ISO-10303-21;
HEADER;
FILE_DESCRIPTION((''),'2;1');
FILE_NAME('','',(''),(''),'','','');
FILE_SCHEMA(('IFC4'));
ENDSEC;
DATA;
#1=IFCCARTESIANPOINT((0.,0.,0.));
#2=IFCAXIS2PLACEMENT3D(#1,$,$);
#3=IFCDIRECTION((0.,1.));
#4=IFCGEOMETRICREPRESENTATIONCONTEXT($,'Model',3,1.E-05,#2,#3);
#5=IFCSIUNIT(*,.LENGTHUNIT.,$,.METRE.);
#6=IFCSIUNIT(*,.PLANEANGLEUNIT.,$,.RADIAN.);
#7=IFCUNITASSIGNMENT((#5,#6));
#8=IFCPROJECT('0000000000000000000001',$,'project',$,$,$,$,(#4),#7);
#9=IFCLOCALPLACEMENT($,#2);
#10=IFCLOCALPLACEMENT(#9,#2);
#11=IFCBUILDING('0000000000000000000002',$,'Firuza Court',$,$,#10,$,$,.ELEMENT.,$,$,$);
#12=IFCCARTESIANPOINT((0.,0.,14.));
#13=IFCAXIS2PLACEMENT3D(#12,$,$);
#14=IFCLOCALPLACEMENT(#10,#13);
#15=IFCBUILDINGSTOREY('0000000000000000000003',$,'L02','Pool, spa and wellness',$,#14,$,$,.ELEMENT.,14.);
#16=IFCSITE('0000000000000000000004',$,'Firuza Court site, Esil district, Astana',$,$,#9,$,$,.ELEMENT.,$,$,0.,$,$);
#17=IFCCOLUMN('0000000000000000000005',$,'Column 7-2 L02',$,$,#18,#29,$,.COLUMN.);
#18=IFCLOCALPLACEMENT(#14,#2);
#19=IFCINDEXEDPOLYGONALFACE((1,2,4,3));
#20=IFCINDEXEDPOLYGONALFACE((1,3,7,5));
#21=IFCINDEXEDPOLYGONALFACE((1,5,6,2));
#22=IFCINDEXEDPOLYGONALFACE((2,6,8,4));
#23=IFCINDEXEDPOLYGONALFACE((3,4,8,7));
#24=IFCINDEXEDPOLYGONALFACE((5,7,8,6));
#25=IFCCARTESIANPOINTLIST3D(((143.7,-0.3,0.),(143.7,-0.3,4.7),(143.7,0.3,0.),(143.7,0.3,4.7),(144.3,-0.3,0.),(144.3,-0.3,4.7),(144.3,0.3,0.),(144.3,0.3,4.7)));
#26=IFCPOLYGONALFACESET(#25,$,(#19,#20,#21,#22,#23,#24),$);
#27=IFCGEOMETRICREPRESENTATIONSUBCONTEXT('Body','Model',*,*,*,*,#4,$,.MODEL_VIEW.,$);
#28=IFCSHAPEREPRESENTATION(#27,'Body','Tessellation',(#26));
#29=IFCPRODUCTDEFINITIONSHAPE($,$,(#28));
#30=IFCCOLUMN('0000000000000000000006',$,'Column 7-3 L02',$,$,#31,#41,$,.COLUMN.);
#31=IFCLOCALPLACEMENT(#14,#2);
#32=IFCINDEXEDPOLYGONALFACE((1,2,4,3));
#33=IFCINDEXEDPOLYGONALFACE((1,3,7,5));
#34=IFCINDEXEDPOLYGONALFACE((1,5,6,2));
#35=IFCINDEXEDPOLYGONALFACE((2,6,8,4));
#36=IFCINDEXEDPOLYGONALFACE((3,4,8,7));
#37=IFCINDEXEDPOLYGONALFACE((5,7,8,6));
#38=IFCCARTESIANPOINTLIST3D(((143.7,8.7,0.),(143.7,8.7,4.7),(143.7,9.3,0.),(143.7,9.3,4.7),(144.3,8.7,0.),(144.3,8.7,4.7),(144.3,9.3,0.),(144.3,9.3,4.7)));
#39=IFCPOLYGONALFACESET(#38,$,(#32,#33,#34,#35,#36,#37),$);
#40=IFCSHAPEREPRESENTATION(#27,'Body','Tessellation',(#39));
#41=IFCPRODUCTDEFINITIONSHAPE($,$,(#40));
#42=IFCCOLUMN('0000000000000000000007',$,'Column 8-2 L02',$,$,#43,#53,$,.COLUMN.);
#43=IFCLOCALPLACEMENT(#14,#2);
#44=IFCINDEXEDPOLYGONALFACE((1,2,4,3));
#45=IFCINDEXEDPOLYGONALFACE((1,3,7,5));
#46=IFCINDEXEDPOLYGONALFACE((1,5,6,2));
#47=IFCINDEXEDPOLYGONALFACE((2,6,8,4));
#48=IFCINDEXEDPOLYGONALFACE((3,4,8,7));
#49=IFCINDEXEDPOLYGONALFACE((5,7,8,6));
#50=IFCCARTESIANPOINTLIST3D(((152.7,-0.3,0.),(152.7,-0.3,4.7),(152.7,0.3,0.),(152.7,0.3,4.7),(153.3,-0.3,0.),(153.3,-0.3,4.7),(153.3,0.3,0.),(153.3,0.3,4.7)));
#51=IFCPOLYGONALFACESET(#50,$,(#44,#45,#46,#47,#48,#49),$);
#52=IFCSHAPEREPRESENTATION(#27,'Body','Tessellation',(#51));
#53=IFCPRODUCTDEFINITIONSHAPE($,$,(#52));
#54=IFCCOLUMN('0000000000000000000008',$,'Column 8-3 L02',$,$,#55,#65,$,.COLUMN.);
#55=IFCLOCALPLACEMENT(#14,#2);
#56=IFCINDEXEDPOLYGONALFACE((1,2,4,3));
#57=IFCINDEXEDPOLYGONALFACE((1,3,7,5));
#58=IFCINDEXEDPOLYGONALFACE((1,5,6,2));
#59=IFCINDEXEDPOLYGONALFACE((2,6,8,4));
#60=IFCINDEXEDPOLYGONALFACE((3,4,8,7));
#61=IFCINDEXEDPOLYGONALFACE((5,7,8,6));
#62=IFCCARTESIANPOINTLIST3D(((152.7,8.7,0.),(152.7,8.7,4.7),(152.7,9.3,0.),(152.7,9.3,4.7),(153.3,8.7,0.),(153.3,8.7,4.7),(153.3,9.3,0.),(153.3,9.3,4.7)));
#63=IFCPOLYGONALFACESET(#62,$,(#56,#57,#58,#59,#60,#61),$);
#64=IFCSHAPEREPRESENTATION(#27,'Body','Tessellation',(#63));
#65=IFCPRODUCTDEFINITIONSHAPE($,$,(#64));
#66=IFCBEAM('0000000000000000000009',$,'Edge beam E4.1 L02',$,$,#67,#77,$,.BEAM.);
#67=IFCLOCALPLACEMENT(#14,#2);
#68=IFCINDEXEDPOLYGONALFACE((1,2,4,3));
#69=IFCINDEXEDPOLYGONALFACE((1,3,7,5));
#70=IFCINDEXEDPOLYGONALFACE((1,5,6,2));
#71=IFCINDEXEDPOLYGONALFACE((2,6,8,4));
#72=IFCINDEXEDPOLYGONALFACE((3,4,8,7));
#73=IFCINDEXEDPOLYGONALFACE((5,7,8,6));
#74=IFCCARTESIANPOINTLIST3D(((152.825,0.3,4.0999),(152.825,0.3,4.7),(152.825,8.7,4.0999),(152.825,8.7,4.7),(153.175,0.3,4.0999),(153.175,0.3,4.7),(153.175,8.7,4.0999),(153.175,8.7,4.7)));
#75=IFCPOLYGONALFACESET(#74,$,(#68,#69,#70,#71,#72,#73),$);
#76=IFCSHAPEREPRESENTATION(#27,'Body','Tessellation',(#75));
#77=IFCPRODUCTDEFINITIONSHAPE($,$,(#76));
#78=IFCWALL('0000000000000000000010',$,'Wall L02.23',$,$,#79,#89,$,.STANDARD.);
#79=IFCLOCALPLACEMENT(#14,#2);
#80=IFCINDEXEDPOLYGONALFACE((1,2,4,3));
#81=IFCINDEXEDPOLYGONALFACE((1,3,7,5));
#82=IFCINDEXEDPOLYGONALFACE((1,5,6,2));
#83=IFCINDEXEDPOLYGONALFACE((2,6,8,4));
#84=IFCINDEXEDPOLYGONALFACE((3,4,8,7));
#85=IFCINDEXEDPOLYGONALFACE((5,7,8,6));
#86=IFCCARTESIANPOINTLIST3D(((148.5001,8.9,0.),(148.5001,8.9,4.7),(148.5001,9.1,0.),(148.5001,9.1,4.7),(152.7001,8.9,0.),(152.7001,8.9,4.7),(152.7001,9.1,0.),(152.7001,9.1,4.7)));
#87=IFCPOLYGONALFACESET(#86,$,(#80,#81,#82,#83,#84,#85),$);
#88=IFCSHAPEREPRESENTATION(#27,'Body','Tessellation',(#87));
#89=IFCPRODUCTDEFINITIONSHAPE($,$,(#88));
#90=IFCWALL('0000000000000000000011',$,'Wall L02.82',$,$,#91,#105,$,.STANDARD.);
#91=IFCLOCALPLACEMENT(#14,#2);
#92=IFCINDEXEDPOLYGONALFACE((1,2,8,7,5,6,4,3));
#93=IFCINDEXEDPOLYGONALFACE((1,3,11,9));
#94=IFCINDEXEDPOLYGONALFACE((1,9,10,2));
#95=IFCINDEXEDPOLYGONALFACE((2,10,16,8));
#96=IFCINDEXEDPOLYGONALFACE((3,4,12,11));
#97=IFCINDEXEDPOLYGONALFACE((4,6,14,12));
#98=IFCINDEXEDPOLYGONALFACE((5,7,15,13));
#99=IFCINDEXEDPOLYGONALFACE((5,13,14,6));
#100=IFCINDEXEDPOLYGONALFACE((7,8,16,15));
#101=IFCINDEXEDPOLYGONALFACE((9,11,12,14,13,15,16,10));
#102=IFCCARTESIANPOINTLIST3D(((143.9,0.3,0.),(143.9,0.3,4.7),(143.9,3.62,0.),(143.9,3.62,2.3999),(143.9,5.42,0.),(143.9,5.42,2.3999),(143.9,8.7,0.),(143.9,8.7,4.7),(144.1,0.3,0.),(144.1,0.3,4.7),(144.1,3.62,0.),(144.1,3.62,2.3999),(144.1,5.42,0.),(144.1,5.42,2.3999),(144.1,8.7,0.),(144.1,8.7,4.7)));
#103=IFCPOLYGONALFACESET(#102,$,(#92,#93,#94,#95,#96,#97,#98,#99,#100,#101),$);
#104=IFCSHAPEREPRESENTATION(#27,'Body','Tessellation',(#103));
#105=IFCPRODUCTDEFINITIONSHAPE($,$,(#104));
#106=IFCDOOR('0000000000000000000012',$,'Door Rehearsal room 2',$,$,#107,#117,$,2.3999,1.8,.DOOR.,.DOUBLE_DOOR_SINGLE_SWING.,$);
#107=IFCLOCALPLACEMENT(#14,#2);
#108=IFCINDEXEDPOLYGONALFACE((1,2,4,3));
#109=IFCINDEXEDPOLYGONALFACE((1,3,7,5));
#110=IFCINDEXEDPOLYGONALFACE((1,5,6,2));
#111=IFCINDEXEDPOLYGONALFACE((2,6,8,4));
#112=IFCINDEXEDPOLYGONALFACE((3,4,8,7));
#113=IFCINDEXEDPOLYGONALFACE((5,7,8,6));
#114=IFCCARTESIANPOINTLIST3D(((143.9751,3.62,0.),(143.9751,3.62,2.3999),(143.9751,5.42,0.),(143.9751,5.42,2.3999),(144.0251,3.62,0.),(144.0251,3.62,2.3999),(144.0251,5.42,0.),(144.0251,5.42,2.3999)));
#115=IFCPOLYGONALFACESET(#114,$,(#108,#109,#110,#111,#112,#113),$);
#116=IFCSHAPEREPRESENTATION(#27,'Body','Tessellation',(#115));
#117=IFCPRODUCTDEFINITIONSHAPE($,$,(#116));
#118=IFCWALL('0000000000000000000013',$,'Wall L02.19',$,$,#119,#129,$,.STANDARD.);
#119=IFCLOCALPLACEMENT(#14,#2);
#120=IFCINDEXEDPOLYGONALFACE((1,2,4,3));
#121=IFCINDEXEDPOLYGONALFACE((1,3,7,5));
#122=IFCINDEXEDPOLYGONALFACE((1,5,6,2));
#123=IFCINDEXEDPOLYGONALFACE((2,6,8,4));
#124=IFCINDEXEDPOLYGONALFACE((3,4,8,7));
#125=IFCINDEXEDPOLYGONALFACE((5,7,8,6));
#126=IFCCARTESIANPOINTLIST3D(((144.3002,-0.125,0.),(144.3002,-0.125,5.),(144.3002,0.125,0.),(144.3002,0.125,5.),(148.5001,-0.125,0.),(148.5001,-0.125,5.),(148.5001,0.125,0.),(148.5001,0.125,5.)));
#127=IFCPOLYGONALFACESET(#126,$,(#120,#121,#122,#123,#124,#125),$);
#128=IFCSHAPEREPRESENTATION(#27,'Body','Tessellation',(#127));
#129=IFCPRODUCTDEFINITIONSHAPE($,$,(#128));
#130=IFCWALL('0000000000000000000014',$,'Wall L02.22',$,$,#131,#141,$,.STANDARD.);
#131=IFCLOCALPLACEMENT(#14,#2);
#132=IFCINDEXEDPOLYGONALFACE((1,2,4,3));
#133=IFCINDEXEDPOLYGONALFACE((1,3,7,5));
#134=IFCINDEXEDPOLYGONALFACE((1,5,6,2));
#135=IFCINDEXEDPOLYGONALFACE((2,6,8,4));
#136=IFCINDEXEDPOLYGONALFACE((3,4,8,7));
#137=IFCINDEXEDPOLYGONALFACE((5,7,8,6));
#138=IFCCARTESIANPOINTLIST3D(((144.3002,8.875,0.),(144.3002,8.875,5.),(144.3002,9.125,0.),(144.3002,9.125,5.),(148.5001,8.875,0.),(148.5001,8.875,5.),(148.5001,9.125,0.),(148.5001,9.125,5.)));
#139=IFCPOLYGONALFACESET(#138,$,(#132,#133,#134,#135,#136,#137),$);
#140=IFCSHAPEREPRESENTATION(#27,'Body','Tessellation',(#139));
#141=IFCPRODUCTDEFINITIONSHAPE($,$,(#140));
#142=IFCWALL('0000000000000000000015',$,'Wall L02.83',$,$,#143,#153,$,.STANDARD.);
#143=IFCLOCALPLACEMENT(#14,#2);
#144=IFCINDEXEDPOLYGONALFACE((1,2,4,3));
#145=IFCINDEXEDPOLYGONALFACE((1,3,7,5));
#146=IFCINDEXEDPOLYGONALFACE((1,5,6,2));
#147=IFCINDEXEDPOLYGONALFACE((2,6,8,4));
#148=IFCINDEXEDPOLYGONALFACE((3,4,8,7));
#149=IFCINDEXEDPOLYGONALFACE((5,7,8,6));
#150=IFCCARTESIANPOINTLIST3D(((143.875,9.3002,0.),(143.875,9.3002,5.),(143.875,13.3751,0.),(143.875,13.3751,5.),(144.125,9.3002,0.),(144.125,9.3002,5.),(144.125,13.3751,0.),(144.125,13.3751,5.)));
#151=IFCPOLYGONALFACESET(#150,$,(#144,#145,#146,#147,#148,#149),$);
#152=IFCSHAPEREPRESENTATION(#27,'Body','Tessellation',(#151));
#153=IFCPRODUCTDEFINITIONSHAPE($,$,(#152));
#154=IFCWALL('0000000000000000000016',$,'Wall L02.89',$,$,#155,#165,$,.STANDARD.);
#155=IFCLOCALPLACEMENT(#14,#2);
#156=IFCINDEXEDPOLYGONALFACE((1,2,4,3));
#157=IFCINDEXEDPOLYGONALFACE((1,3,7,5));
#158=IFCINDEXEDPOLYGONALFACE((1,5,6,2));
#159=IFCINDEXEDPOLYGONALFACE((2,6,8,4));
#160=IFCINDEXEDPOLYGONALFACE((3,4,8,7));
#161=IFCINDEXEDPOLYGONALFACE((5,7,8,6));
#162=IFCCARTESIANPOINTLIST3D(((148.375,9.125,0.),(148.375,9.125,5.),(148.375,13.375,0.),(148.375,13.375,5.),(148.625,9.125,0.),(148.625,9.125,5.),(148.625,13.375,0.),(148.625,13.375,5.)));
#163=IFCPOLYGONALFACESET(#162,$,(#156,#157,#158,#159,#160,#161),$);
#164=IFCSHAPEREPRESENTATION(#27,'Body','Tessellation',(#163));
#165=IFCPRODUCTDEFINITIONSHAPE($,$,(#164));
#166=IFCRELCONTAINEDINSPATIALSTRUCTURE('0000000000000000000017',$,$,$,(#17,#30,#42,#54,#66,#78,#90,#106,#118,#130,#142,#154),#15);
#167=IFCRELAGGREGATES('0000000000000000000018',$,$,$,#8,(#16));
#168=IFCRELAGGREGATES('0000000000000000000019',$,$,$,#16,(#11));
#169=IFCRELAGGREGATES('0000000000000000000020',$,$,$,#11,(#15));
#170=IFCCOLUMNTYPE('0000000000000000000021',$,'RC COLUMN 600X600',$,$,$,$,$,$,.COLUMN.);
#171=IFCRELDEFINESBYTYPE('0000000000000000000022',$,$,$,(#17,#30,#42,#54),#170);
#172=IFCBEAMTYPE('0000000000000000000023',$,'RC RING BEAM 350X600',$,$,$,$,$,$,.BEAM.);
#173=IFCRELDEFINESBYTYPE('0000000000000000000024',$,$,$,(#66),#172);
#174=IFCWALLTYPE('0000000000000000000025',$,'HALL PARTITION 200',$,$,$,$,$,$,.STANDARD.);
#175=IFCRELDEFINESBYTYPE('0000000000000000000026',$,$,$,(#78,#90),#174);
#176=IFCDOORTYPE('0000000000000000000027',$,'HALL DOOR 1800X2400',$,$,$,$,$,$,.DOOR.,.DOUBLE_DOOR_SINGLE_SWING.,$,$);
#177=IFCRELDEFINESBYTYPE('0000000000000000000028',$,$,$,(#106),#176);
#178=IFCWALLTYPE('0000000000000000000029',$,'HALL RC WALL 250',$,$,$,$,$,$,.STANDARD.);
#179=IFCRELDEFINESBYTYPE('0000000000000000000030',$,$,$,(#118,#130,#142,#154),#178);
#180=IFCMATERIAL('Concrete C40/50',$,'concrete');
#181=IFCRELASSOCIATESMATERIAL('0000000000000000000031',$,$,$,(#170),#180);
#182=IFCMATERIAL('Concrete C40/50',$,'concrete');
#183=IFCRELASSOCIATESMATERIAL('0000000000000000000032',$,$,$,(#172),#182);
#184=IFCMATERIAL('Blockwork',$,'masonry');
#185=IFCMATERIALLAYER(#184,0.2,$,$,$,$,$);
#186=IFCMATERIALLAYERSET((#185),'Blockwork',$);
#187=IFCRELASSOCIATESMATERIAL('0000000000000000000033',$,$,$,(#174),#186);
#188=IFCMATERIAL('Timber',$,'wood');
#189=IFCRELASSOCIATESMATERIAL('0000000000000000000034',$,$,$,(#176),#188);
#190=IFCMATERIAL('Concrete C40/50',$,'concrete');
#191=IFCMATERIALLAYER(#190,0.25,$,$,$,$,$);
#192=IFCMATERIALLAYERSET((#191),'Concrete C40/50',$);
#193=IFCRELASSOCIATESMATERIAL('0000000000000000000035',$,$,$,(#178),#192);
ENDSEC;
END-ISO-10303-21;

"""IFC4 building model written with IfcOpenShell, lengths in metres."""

from ifc_helpers import new_model, si_unit, direction, frame, frame_2d, origin, origin_2d, place, context, subcontext, project, spatial, rectangle, extrude, material, layer, layer_set, material_profile, profile_set, type_object, element, fill, save


model = new_model("IFC4")

# Units and contexts
model_context = context("Model", 3, precision=1e-05, world=origin(), true_north=direction((0.0, 1.0)))
body_context = subcontext(model_context, "Body", "Model", "MODEL_VIEW")
ifc_project = project(units=[si_unit("LENGTHUNIT", "METRE"), si_unit("PLANEANGLEUNIT", "RADIAN")], contexts=[model_context])

# Site, building, storey
site_placement = place(None, origin())
site = spatial("IfcSite", under=ifc_project, at=site_placement, Name="Firuza Court site, Esil district, Astana", CompositionType="ELEMENT", RefElevation=0.0)
building_placement = place(site_placement, origin())
building = spatial("IfcBuilding", under=site, at=building_placement, Name="Firuza Court", CompositionType="ELEMENT")
storey_placement = place(building_placement, frame((0.0, 0.0, 14.0)))
storey = spatial("IfcBuildingStorey", under=building, at=storey_placement, Name="L02", Description="Pool, spa and wellness", CompositionType="ELEMENT", Elevation=14.0)

# Columns
ifc_material_1 = material(Name="Concrete C40/50", Category="concrete")
ifc_material_profile_1 = material_profile(ifc_material_1, rectangle(XDim=0.6001, YDim=0.6001, at=origin_2d()), Name="RC 600X600")
ifc_profile_set_1 = profile_set([ifc_material_profile_1], Name="Concrete C40/50")
column_type = type_object("IfcColumnType", Name="RC COLUMN 600X600", PredefinedType="COLUMN", material=ifc_profile_set_1)
for number, where, z_axis, x_axis, name in (
    (1, (144.0, 0.0, 0.0), (0.0, 0.0, 1.0), (1.0, 0.0, 0.0), "Column 7-2 L02"),
    (2, (144.0, 9.0, 0.0), (0.0, 0.0, 1.0), (1.0, 0.0, 0.0), "Column 7-3 L02"),
    (3, (153.0, 0.0, 0.0), (0.0, 0.0, 1.0), (1.0, 0.0, 0.0), "Column 8-2 L02"),
    (4, (153.0, 9.0, 0.0), (0.0, 0.0, 1.0), (1.0, 0.0, 0.0), "Column 8-3 L02"),
):
    element("IfcColumn", number, at=place(storey_placement, frame(where, z_axis=z_axis, x_axis=x_axis)), inside=storey, type_object=column_type, Name=name, PredefinedType="COLUMN", context=body_context, shape_type="SweptSolid", body=[
        extrude(rectangle(XDim=0.6001, YDim=0.6001, at=origin_2d()), origin(), (0.0, 0.0, 1.0), 4.7),
    ])

# Beam
ifc_material_2 = material(Name="Concrete C40/50", Category="concrete")
ifc_material_profile_2 = material_profile(ifc_material_2, rectangle(XDim=0.3501, YDim=0.6001, at=origin_2d()), Name="RC 350X600")
ifc_profile_set_2 = profile_set([ifc_material_profile_2], Name="Concrete C40/50")
beam_type = type_object("IfcBeamType", Name="RC RING BEAM 350X600", PredefinedType="BEAM", material=ifc_profile_set_2)
beam_placement = place(storey_placement, frame((153.0, 0.3, 4.3999), z_axis=(0.0, 1.0, 0.0), x_axis=(-1.0, 0.0, 0.0)))
element("IfcBeam", 5, at=beam_placement, inside=storey, type_object=beam_type, Name="Edge beam E4.1 L02", PredefinedType="BEAM", context=body_context, shape_type="SweptSolid", body=[
    extrude(rectangle(XDim=0.3501, YDim=0.6001, at=origin_2d()), origin(), (0.0, 0.0, 1.0), 8.3999),
])

# Wall
ifc_material_3 = material(Name="Blockwork", Category="masonry")
ifc_layer_1 = layer(ifc_material_3, 0.2)
ifc_layer_set_1 = layer_set([ifc_layer_1], Name="Blockwork")
wall_type_1 = type_object("IfcWallType", Name="HALL PARTITION 200", PredefinedType="STANDARD", material=ifc_layer_set_1)
wall_1_placement = place(storey_placement, frame((148.5, 9.0, 0.0), z_axis=(0.0, 0.0, 1.0), x_axis=(1.0, 0.0, 0.0)))
element("IfcWall", 6, at=wall_1_placement, inside=storey, type_object=wall_type_1, Name="Wall L02.23", PredefinedType="STANDARD", context=body_context, shape_type="SweptSolid", body=[
    extrude(rectangle(XDim=4.2, YDim=0.2, at=frame_2d((2.1001, 0.0))), origin(), (0.0, 0.0, 1.0), 4.7),
])

# Wall, opening, door
wall_2_placement = place(storey_placement, frame((144.0, 0.3, 0.0), z_axis=(0.0, 0.0, 1.0), x_axis=(0.0, 1.0, 0.0)))
wall_2 = element("IfcWall", 7, at=wall_2_placement, inside=storey, type_object=wall_type_1, Name="Wall L02.82", PredefinedType="STANDARD", context=body_context, shape_type="SweptSolid", body=[
    extrude(rectangle(XDim=8.3999, YDim=0.2, at=frame_2d((4.2, 0.0))), origin(), (0.0, 0.0, 1.0), 4.7),
])
opening_1_placement = place(wall_2_placement, frame((3.3201, 0.0, 0.0)))
opening_1 = element("IfcOpeningElement", 8, at=opening_1_placement, cuts=wall_2, PredefinedType="OPENING", context=body_context, shape_type="SweptSolid", body=[
    extrude(rectangle(XDim=1.8, YDim=2.3999, at=frame_2d((0.8999, 1.2))), frame((0.0, 0.1118, 0.0), z_axis=(0.0, -1.0, 0.0), x_axis=(1.0, 0.0, 0.0)), (0.0, 0.0, 1.0), 0.2239),
])
ifc_material_4 = material(Name="Timber", Category="wood")
door_type = type_object("IfcDoorType", Name="HALL DOOR 1800X2400", OperationType="DOUBLE_DOOR_SINGLE_SWING", PredefinedType="DOOR", material=ifc_material_4)
door_placement = place(opening_1_placement, origin())
door = element("IfcDoor", 9, at=door_placement, inside=storey, type_object=door_type, Name="Door Rehearsal room 2", OperationType="DOUBLE_DOOR_SINGLE_SWING", OverallHeight=2.3999, OverallWidth=1.8, PredefinedType="DOOR", context=body_context, shape_type="SweptSolid", body=[
    extrude(rectangle(XDim=1.8, YDim=2.3999, at=frame_2d((0.8999, 1.2))), frame((0.0, 0.0249, 0.0), z_axis=(0.0, -1.0, 0.0), x_axis=(1.0, 0.0, 0.0)), (0.0, 0.0, 1.0), 0.05),
])
fill(opening_1, door)

# Walls
ifc_material_5 = material(Name="Concrete C40/50", Category="concrete")
ifc_layer_2 = layer(ifc_material_5, 0.25)
ifc_layer_set_2 = layer_set([ifc_layer_2], Name="Concrete C40/50")
wall_type_2 = type_object("IfcWallType", Name="HALL RC WALL 250", PredefinedType="STANDARD", material=ifc_layer_set_2)
for number, where, z_axis, x_axis, name in (
    (10, (144.3, 0.0, 0.0), (0.0, 0.0, 1.0), (1.0, 0.0, 0.0), "Wall L02.19"),
    (11, (144.3, 9.0, 0.0), (0.0, 0.0, 1.0), (1.0, 0.0, 0.0), "Wall L02.22"),
):
    element("IfcWall", number, at=place(storey_placement, frame(where, z_axis=z_axis, x_axis=x_axis)), inside=storey, type_object=wall_type_2, Name=name, PredefinedType="STANDARD", context=body_context, shape_type="SweptSolid", body=[
        extrude(rectangle(XDim=4.2, YDim=0.25, at=frame_2d((2.1001, 0.0))), origin(), (0.0, 0.0, 1.0), 5.0),
    ])
wall_3_placement = place(storey_placement, frame((144.0, 9.3, 0.0), z_axis=(0.0, 0.0, 1.0), x_axis=(0.0, 1.0, 0.0)))
element("IfcWall", 12, at=wall_3_placement, inside=storey, type_object=wall_type_2, Name="Wall L02.83", PredefinedType="STANDARD", context=body_context, shape_type="SweptSolid", body=[
    extrude(rectangle(XDim=4.075, YDim=0.25, at=frame_2d((2.0376, 0.0))), origin(), (0.0, 0.0, 1.0), 5.0),
])
wall_4_placement = place(storey_placement, frame((148.5, 9.125, 0.0), z_axis=(0.0, 0.0, 1.0), x_axis=(0.0, 1.0, 0.0)))
element("IfcWall", 13, at=wall_4_placement, inside=storey, type_object=wall_type_2, Name="Wall L02.89", PredefinedType="STANDARD", context=body_context, shape_type="SweptSolid", body=[
    extrude(rectangle(XDim=4.25, YDim=0.25, at=frame_2d((2.125, 0.0))), origin(), (0.0, 0.0, 1.0), 5.0),
])

save(model, "model.ifc")
